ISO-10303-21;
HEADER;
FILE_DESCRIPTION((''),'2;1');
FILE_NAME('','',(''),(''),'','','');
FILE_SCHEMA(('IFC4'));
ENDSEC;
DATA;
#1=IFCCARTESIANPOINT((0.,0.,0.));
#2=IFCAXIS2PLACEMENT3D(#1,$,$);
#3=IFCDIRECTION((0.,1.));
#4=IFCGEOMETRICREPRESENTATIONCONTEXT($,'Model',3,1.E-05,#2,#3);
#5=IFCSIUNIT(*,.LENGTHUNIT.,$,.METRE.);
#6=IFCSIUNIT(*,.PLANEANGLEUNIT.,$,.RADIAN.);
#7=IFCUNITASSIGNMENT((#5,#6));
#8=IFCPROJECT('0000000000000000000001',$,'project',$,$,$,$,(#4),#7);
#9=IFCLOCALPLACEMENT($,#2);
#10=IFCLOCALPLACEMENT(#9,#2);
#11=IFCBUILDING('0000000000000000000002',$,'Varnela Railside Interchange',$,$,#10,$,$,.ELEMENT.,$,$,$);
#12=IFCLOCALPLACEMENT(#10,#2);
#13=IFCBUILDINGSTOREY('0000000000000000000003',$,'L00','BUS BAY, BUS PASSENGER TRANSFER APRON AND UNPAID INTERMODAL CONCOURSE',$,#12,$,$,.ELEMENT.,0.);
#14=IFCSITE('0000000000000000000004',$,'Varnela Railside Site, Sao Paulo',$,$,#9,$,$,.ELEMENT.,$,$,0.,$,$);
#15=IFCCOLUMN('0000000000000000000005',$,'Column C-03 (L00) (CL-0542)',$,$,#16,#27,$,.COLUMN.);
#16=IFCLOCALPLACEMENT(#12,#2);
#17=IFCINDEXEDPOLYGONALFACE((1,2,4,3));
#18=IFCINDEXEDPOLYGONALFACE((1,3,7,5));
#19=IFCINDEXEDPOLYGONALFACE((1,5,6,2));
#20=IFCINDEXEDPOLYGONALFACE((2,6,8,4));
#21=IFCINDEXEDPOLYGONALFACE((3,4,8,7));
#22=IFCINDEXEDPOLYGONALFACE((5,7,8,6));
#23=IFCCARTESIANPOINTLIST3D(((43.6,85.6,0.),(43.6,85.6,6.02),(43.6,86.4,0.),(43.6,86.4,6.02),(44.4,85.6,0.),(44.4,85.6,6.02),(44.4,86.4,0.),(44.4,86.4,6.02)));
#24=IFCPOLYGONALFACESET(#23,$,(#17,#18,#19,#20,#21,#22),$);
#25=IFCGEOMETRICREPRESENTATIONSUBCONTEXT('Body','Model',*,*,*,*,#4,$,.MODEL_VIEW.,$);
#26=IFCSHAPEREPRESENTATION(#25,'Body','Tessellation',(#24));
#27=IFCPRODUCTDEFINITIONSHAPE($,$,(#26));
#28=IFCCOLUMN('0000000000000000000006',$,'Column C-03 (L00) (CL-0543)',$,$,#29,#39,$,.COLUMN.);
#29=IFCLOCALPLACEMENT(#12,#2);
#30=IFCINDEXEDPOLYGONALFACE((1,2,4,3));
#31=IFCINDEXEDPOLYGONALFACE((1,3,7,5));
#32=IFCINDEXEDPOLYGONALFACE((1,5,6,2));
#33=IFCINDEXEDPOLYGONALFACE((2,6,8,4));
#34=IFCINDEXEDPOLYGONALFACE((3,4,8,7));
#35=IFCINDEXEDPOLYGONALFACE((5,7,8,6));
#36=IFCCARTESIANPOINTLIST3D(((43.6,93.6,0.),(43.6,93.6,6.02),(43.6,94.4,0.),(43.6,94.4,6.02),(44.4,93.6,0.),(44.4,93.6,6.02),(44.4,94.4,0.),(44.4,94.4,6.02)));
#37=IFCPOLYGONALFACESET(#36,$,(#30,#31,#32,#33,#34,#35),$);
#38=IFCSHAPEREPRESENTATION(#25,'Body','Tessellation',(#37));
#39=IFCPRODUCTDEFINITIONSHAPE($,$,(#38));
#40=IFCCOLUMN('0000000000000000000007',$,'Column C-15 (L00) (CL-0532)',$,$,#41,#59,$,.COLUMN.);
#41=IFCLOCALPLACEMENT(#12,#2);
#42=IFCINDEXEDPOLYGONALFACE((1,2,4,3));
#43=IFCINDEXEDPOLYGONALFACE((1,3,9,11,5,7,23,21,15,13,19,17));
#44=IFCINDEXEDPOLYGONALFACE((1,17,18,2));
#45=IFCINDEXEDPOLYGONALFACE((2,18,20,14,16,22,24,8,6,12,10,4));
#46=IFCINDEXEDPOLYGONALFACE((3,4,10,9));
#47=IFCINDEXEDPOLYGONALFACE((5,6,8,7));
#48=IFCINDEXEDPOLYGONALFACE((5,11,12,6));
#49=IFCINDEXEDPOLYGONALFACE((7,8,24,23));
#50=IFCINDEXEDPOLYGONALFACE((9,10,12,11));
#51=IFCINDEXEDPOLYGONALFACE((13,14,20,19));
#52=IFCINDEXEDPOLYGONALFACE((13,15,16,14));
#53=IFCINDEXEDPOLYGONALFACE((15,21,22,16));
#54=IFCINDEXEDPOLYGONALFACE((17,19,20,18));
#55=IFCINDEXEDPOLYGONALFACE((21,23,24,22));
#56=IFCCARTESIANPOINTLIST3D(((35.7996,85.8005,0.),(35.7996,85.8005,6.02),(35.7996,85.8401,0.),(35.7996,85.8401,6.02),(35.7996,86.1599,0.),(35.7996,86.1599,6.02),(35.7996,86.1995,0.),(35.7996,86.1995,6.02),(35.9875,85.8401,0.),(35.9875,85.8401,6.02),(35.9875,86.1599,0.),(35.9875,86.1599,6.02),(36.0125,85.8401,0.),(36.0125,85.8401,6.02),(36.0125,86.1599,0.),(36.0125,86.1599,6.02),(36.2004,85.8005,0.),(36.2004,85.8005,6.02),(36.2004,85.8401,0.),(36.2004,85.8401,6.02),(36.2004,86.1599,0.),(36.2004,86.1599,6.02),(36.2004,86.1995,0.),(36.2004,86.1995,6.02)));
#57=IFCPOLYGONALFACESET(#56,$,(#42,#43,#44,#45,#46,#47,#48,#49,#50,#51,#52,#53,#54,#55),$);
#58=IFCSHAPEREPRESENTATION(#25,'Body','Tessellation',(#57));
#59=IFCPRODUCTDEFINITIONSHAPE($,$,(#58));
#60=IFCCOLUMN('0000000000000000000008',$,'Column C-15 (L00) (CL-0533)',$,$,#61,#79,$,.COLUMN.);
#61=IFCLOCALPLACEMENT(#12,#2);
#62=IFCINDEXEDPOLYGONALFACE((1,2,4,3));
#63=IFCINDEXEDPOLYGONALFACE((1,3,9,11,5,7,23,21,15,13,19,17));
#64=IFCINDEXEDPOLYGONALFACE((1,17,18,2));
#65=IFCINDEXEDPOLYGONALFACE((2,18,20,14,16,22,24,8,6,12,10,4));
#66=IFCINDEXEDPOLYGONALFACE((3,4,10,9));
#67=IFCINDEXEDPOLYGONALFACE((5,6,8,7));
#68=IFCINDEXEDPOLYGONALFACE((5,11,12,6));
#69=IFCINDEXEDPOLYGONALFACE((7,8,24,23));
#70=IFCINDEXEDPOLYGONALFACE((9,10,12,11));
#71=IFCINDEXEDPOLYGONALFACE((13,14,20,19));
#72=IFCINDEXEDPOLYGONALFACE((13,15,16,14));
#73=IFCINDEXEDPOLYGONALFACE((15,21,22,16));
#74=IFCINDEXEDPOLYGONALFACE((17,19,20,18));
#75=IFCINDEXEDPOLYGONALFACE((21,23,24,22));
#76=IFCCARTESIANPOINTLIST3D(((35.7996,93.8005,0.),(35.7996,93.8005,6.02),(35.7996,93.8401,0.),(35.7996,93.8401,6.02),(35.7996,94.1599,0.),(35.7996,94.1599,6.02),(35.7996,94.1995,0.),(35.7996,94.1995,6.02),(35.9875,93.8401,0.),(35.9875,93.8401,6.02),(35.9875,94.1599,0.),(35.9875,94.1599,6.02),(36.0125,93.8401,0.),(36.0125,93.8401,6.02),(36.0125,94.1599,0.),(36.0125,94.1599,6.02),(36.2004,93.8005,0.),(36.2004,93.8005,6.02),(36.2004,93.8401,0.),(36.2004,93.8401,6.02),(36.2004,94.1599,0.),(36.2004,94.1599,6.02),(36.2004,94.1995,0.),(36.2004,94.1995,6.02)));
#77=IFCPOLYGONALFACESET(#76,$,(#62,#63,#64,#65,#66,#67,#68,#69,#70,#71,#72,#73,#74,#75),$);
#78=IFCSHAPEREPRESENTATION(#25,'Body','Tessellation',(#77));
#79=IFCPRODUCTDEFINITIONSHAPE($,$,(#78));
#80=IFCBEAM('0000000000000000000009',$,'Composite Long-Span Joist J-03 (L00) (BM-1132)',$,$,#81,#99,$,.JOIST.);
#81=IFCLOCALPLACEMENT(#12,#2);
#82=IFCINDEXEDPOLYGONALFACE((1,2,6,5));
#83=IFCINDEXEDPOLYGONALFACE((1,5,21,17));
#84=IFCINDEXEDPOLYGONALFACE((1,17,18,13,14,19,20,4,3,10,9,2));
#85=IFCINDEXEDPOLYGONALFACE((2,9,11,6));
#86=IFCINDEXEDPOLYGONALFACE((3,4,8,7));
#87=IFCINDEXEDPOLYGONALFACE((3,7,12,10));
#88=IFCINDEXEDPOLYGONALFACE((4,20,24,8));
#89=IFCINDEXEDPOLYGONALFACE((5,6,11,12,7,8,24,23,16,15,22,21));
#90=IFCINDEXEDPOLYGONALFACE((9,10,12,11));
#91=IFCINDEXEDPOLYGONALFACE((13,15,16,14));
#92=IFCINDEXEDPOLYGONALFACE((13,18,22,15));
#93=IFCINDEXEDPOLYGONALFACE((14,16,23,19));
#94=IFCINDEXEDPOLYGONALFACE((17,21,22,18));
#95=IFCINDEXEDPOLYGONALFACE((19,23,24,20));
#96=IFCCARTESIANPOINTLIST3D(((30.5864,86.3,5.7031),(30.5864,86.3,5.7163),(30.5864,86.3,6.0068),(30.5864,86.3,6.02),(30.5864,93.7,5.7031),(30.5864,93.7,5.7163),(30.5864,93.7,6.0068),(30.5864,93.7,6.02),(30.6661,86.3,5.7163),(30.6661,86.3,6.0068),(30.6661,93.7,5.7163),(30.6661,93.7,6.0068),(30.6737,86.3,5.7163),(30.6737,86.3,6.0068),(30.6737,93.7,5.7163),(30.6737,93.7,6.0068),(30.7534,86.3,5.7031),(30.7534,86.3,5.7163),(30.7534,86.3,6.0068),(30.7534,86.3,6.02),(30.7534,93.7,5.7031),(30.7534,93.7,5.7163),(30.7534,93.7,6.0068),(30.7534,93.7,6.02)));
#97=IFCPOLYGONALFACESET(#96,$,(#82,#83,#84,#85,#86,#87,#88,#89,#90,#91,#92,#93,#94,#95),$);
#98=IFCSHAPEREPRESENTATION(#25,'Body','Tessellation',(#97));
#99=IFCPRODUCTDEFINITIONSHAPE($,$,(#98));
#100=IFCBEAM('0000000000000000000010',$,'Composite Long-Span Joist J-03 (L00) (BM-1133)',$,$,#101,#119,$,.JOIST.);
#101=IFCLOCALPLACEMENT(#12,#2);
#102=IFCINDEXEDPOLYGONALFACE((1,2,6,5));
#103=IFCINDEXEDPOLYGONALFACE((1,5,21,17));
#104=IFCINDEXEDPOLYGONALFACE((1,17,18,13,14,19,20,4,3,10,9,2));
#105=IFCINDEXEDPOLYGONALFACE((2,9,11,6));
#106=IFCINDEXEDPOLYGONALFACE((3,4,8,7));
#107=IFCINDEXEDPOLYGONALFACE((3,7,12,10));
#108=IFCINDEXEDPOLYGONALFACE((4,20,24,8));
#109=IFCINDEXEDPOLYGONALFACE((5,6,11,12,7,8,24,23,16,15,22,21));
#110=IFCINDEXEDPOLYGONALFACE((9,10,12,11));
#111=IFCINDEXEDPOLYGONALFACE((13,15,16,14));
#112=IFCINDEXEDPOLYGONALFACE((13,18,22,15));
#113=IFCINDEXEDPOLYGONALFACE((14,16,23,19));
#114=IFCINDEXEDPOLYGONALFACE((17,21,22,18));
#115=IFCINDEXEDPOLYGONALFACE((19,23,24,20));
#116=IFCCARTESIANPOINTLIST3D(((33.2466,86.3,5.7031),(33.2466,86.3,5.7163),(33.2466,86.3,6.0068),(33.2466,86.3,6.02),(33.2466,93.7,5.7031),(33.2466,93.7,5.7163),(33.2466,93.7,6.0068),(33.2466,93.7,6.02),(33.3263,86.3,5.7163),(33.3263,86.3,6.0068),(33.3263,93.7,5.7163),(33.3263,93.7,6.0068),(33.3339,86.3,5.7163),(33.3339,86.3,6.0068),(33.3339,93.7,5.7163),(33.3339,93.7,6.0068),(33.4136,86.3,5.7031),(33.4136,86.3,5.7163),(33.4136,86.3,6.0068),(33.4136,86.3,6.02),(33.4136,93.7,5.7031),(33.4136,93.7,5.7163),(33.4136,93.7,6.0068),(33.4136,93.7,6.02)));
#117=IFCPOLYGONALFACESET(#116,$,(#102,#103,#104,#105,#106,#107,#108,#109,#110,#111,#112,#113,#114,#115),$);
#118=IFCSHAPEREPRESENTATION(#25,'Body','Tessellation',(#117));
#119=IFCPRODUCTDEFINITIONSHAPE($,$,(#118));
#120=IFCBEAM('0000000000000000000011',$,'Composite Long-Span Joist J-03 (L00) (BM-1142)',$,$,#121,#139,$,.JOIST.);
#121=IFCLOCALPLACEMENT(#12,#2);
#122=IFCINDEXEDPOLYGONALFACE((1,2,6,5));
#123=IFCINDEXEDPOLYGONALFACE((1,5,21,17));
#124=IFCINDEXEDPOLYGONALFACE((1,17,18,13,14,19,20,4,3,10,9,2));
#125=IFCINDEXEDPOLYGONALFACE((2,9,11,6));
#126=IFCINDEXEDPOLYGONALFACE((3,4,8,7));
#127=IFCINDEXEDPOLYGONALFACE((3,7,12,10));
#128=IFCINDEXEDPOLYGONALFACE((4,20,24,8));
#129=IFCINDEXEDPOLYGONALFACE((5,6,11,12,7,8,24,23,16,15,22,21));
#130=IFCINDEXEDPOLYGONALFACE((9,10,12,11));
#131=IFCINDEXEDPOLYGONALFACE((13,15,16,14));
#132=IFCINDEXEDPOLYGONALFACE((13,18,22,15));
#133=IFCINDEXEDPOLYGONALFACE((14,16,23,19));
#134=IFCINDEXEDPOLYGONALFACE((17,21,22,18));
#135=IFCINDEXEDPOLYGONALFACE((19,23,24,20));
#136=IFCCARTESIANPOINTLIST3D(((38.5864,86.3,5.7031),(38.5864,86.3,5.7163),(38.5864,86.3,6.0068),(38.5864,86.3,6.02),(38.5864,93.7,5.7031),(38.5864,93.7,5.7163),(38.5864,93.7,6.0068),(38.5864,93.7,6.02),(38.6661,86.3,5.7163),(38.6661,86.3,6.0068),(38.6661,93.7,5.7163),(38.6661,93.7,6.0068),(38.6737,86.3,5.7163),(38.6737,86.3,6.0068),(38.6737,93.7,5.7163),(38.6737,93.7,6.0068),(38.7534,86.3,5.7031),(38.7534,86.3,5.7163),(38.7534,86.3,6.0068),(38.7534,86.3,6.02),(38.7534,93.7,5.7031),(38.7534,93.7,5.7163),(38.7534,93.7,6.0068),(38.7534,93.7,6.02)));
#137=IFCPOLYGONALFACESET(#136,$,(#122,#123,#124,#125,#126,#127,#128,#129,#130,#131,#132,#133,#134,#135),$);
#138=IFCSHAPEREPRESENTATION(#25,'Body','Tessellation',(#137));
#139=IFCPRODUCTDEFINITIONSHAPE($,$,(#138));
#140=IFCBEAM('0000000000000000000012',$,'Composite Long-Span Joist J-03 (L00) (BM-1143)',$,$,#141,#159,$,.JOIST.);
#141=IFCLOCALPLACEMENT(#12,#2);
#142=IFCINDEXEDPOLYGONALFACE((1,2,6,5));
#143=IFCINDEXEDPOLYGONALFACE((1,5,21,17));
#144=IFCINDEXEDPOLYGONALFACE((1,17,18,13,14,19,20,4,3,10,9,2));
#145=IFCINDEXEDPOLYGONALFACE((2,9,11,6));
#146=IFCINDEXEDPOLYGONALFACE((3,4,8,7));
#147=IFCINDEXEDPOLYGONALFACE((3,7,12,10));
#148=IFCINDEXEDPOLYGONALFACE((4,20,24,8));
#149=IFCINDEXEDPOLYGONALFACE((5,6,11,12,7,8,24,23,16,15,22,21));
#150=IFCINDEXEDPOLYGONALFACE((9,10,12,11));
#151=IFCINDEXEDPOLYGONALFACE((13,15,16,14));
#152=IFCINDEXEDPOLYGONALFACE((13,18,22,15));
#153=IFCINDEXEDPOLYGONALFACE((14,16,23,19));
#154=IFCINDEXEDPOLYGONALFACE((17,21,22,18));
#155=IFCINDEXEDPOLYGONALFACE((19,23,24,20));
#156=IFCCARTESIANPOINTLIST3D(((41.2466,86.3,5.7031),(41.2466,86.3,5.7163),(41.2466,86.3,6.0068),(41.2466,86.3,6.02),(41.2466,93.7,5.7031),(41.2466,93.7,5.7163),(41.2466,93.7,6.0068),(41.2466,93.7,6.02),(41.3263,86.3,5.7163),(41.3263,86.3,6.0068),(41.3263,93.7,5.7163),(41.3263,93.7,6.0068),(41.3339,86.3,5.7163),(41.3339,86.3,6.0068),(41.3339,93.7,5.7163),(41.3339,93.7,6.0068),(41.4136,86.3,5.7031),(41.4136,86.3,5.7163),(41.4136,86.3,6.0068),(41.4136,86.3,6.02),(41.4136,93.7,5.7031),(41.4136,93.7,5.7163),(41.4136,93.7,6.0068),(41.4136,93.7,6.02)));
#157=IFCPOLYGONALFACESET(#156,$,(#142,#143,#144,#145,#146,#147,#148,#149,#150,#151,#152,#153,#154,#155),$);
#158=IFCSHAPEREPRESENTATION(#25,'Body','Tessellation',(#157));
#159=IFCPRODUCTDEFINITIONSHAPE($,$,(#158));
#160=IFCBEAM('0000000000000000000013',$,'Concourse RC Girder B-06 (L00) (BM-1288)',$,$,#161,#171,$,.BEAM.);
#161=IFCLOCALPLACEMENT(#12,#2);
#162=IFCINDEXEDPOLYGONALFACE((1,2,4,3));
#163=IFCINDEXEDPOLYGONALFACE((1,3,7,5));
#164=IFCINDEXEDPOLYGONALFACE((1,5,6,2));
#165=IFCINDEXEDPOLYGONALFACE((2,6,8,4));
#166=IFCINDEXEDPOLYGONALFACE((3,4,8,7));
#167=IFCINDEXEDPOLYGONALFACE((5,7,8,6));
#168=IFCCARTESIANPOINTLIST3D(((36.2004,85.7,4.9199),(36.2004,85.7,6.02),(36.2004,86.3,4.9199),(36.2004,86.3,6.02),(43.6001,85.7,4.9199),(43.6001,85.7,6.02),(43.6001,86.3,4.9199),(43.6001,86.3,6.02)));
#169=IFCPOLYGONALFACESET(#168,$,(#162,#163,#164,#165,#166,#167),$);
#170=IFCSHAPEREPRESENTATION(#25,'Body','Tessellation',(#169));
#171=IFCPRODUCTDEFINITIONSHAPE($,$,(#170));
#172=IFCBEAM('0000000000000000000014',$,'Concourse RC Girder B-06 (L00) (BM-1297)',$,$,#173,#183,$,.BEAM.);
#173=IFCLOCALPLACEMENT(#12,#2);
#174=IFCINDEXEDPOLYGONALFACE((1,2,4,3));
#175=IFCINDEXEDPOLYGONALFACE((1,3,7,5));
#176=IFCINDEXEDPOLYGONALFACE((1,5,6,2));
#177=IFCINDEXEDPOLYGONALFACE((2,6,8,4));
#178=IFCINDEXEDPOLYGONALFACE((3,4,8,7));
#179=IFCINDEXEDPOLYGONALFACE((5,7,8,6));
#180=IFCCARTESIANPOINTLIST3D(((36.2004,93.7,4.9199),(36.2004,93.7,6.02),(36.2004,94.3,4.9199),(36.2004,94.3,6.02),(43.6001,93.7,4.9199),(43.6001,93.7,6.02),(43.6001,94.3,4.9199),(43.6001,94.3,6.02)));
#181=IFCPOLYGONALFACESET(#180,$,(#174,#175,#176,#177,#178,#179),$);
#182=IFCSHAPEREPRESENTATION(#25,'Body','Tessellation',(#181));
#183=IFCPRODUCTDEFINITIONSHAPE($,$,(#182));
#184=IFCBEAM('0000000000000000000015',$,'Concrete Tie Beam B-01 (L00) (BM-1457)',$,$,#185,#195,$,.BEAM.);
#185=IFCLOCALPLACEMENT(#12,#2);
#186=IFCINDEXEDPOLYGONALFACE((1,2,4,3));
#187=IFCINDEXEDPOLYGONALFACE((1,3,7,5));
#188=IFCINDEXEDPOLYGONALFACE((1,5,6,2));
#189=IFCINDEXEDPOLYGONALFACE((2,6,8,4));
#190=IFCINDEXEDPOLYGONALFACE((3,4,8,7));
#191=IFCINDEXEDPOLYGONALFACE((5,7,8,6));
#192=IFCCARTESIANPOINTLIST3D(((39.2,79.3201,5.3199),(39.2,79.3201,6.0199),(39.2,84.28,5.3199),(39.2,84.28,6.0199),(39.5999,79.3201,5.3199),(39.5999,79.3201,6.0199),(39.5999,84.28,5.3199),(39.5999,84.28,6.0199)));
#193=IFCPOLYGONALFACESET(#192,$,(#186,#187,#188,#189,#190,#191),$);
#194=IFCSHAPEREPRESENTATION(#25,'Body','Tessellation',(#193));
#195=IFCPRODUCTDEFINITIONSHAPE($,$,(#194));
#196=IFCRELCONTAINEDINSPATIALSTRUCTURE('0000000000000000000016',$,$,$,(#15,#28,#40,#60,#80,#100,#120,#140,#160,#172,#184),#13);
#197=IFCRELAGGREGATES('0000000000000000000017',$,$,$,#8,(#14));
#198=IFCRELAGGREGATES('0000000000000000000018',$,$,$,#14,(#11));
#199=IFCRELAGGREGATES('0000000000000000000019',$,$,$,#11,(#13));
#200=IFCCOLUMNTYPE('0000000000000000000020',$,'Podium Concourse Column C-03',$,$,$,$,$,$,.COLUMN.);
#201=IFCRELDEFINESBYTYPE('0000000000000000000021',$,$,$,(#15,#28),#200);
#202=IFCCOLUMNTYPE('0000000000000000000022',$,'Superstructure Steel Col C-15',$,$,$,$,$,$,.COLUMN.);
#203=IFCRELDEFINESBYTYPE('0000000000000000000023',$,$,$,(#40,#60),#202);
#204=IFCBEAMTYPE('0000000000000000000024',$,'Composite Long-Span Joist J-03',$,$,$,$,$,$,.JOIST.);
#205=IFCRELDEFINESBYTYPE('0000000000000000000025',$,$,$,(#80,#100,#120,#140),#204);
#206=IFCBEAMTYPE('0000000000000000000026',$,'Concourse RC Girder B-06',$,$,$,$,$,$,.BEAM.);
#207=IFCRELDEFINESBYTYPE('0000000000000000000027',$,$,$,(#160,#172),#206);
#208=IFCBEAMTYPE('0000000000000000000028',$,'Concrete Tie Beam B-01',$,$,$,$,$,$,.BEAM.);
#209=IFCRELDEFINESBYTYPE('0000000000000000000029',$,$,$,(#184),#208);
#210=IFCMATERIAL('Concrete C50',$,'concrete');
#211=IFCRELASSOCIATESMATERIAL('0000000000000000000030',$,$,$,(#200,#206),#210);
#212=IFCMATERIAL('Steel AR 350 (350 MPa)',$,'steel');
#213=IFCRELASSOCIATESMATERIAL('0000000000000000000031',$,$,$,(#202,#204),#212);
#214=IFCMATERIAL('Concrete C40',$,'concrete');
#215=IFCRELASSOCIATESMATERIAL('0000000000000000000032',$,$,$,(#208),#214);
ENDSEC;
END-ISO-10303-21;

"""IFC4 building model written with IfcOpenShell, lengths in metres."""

from ifc_helpers import new_model, si_unit, direction, frame, origin, origin_2d, place, context, subcontext, project, spatial, rectangle, i_section, extrude, material, material_profile, profile_set, type_object, element, save


model = new_model("IFC4")

# Units and contexts
model_context = context("Model", 3, precision=1e-05, world=origin(), true_north=direction((0.0, 1.0)))
body_context = subcontext(model_context, "Body", "Model", "MODEL_VIEW")
ifc_project = project(units=[si_unit("LENGTHUNIT", "METRE"), si_unit("PLANEANGLEUNIT", "RADIAN")], contexts=[model_context])

# Site, building, storey
site_placement = place(None, origin())
site = spatial("IfcSite", under=ifc_project, at=site_placement, Name="Varnela Railside Site, Sao Paulo", CompositionType="ELEMENT", RefElevation=0.0)
building_placement = place(site_placement, origin())
building = spatial("IfcBuilding", under=site, at=building_placement, Name="Varnela Railside Interchange", CompositionType="ELEMENT")
storey_placement = place(building_placement, origin())
storey = spatial("IfcBuildingStorey", under=building, at=storey_placement, Name="L00", Description="BUS BAY, BUS PASSENGER TRANSFER APRON AND UNPAID INTERMODAL CONCOURSE", CompositionType="ELEMENT", Elevation=0.0)

# Columns
ifc_material_1 = material(Name="Concrete C50", Category="concrete")
ifc_material_profile_1 = material_profile(ifc_material_1, rectangle(XDim=0.8, YDim=0.8, at=origin_2d()), Name="RC 800x800")
ifc_profile_set_1 = profile_set([ifc_material_profile_1], Name="Concrete C50")
column_type_1 = type_object("IfcColumnType", Name="Podium Concourse Column C-03", PredefinedType="COLUMN", material=ifc_profile_set_1)
for number, where, z_axis, x_axis, name in (
    (1, (44.0, 86.0, 0.0), (0.0, 0.0, 1.0), (1.0, 0.0, 0.0), "Column C-03 (L00) (CL-0542)"),
    (2, (44.0, 94.0, 0.0), (0.0, 0.0, 1.0), (1.0, 0.0, 0.0), "Column C-03 (L00) (CL-0543)"),
):
    element("IfcColumn", number, at=place(storey_placement, frame(where, z_axis=z_axis, x_axis=x_axis)), inside=storey, type_object=column_type_1, Name=name, PredefinedType="COLUMN", context=body_context, shape_type="SweptSolid", body=[
        extrude(rectangle(XDim=0.8, YDim=0.8, at=origin_2d()), origin(), (0.0, 0.0, 1.0), 6.02),
    ])
ifc_material_2 = material(Name="Steel AR 350 (350 MPa)", Category="steel")
ifc_material_profile_2 = material_profile(ifc_material_2, i_section(OverallWidth=0.4009, OverallDepth=0.3989, WebThickness=0.0249, FlangeThickness=0.0396, at=origin_2d()), Name="W360x314")
ifc_profile_set_2 = profile_set([ifc_material_profile_2], Name="Steel AR 350 (350 MPa)")
column_type_2 = type_object("IfcColumnType", Name="Superstructure Steel Col C-15", PredefinedType="COLUMN", material=ifc_profile_set_2)
for number, where, z_axis, x_axis, name in (
    (3, (36.0, 86.0, 0.0), (0.0, 0.0, 1.0), (1.0, 0.0, 0.0), "Column C-15 (L00) (CL-0532)"),
    (4, (36.0, 94.0, 0.0), (0.0, 0.0, 1.0), (1.0, 0.0, 0.0), "Column C-15 (L00) (CL-0533)"),
):
    element("IfcColumn", number, at=place(storey_placement, frame(where, z_axis=z_axis, x_axis=x_axis)), inside=storey, type_object=column_type_2, Name=name, PredefinedType="COLUMN", context=body_context, shape_type="SweptSolid", body=[
        extrude(i_section(OverallWidth=0.4009, OverallDepth=0.3989, WebThickness=0.0249, FlangeThickness=0.0396, at=origin_2d()), origin(), (0.0, 0.0, 1.0), 6.02),
    ])

# Beams
ifc_material_profile_3 = material_profile(ifc_material_2, i_section(OverallWidth=0.167, OverallDepth=0.3169, WebThickness=0.0076, FlangeThickness=0.0132, at=origin_2d()), Name="W310x52")
ifc_profile_set_3 = profile_set([ifc_material_profile_3], Name="Steel AR 350 (350 MPa)")
beam_type_1 = type_object("IfcBeamType", Name="Composite Long-Span Joist J-03", PredefinedType="JOIST", material=ifc_profile_set_3)
for number, where, z_axis, x_axis, name in (
    (5, (30.6699, 86.3, 5.8616), (0.0, 1.0, 0.0), (-1.0, 0.0, 0.0), "Composite Long-Span Joist J-03 (L00) (BM-1132)"),
    (6, (33.3301, 86.3, 5.8616), (0.0, 1.0, 0.0), (-1.0, 0.0, 0.0), "Composite Long-Span Joist J-03 (L00) (BM-1133)"),
    (7, (38.6699, 86.3, 5.8616), (0.0, 1.0, 0.0), (-1.0, 0.0, 0.0), "Composite Long-Span Joist J-03 (L00) (BM-1142)"),
    (8, (41.3301, 86.3, 5.8616), (0.0, 1.0, 0.0), (-1.0, 0.0, 0.0), "Composite Long-Span Joist J-03 (L00) (BM-1143)"),
):
    element("IfcBeam", number, at=place(storey_placement, frame(where, z_axis=z_axis, x_axis=x_axis)), inside=storey, type_object=beam_type_1, Name=name, PredefinedType="JOIST", context=body_context, shape_type="SweptSolid", body=[
        extrude(i_section(OverallWidth=0.167, OverallDepth=0.3169, WebThickness=0.0076, FlangeThickness=0.0132, at=origin_2d()), origin(), (0.0, 0.0, 1.0), 7.3999),
    ])
ifc_material_profile_4 = material_profile(ifc_material_1, rectangle(XDim=0.6001, YDim=1.1001, at=origin_2d()), Name="RC 600x1100")
ifc_profile_set_4 = profile_set([ifc_material_profile_4], Name="Concrete C50")
beam_type_2 = type_object("IfcBeamType", Name="Concourse RC Girder B-06", PredefinedType="BEAM", material=ifc_profile_set_4)
for number, where, z_axis, x_axis, name in (
    (9, (36.2004, 86.0, 5.47), (1.0, 0.0, 0.0), (0.0, 1.0, 0.0), "Concourse RC Girder B-06 (L00) (BM-1288)"),
    (10, (36.2004, 94.0, 5.47), (1.0, 0.0, 0.0), (0.0, 1.0, 0.0), "Concourse RC Girder B-06 (L00) (BM-1297)"),
):
    element("IfcBeam", number, at=place(storey_placement, frame(where, z_axis=z_axis, x_axis=x_axis)), inside=storey, type_object=beam_type_2, Name=name, PredefinedType="BEAM", context=body_context, shape_type="SweptSolid", body=[
        extrude(rectangle(XDim=0.6001, YDim=1.1001, at=origin_2d()), origin(), (0.0, 0.0, 1.0), 7.3997),
    ])
ifc_material_3 = material(Name="Concrete C40", Category="concrete")
ifc_material_profile_5 = material_profile(ifc_material_3, rectangle(XDim=0.3999, YDim=0.7, at=origin_2d()), Name="RC 400x700")
ifc_profile_set_5 = profile_set([ifc_material_profile_5], Name="Concrete C40")
beam_type_3 = type_object("IfcBeamType", Name="Concrete Tie Beam B-01", PredefinedType="BEAM", material=ifc_profile_set_5)
for number, where, z_axis, x_axis, name in (
    (11, (39.3999, 79.3201, 5.6699), (0.0, 1.0, 0.0), (-1.0, 0.0, 0.0), "Concrete Tie Beam B-01 (L00) (BM-1457)"),
):
    element("IfcBeam", number, at=place(storey_placement, frame(where, z_axis=z_axis, x_axis=x_axis)), inside=storey, type_object=beam_type_3, Name=name, PredefinedType="BEAM", context=body_context, shape_type="SweptSolid", body=[
        extrude(rectangle(XDim=0.3999, YDim=0.7, at=origin_2d()), origin(), (0.0, 0.0, 1.0), 4.96),
    ])

save(model, "model.ifc")
